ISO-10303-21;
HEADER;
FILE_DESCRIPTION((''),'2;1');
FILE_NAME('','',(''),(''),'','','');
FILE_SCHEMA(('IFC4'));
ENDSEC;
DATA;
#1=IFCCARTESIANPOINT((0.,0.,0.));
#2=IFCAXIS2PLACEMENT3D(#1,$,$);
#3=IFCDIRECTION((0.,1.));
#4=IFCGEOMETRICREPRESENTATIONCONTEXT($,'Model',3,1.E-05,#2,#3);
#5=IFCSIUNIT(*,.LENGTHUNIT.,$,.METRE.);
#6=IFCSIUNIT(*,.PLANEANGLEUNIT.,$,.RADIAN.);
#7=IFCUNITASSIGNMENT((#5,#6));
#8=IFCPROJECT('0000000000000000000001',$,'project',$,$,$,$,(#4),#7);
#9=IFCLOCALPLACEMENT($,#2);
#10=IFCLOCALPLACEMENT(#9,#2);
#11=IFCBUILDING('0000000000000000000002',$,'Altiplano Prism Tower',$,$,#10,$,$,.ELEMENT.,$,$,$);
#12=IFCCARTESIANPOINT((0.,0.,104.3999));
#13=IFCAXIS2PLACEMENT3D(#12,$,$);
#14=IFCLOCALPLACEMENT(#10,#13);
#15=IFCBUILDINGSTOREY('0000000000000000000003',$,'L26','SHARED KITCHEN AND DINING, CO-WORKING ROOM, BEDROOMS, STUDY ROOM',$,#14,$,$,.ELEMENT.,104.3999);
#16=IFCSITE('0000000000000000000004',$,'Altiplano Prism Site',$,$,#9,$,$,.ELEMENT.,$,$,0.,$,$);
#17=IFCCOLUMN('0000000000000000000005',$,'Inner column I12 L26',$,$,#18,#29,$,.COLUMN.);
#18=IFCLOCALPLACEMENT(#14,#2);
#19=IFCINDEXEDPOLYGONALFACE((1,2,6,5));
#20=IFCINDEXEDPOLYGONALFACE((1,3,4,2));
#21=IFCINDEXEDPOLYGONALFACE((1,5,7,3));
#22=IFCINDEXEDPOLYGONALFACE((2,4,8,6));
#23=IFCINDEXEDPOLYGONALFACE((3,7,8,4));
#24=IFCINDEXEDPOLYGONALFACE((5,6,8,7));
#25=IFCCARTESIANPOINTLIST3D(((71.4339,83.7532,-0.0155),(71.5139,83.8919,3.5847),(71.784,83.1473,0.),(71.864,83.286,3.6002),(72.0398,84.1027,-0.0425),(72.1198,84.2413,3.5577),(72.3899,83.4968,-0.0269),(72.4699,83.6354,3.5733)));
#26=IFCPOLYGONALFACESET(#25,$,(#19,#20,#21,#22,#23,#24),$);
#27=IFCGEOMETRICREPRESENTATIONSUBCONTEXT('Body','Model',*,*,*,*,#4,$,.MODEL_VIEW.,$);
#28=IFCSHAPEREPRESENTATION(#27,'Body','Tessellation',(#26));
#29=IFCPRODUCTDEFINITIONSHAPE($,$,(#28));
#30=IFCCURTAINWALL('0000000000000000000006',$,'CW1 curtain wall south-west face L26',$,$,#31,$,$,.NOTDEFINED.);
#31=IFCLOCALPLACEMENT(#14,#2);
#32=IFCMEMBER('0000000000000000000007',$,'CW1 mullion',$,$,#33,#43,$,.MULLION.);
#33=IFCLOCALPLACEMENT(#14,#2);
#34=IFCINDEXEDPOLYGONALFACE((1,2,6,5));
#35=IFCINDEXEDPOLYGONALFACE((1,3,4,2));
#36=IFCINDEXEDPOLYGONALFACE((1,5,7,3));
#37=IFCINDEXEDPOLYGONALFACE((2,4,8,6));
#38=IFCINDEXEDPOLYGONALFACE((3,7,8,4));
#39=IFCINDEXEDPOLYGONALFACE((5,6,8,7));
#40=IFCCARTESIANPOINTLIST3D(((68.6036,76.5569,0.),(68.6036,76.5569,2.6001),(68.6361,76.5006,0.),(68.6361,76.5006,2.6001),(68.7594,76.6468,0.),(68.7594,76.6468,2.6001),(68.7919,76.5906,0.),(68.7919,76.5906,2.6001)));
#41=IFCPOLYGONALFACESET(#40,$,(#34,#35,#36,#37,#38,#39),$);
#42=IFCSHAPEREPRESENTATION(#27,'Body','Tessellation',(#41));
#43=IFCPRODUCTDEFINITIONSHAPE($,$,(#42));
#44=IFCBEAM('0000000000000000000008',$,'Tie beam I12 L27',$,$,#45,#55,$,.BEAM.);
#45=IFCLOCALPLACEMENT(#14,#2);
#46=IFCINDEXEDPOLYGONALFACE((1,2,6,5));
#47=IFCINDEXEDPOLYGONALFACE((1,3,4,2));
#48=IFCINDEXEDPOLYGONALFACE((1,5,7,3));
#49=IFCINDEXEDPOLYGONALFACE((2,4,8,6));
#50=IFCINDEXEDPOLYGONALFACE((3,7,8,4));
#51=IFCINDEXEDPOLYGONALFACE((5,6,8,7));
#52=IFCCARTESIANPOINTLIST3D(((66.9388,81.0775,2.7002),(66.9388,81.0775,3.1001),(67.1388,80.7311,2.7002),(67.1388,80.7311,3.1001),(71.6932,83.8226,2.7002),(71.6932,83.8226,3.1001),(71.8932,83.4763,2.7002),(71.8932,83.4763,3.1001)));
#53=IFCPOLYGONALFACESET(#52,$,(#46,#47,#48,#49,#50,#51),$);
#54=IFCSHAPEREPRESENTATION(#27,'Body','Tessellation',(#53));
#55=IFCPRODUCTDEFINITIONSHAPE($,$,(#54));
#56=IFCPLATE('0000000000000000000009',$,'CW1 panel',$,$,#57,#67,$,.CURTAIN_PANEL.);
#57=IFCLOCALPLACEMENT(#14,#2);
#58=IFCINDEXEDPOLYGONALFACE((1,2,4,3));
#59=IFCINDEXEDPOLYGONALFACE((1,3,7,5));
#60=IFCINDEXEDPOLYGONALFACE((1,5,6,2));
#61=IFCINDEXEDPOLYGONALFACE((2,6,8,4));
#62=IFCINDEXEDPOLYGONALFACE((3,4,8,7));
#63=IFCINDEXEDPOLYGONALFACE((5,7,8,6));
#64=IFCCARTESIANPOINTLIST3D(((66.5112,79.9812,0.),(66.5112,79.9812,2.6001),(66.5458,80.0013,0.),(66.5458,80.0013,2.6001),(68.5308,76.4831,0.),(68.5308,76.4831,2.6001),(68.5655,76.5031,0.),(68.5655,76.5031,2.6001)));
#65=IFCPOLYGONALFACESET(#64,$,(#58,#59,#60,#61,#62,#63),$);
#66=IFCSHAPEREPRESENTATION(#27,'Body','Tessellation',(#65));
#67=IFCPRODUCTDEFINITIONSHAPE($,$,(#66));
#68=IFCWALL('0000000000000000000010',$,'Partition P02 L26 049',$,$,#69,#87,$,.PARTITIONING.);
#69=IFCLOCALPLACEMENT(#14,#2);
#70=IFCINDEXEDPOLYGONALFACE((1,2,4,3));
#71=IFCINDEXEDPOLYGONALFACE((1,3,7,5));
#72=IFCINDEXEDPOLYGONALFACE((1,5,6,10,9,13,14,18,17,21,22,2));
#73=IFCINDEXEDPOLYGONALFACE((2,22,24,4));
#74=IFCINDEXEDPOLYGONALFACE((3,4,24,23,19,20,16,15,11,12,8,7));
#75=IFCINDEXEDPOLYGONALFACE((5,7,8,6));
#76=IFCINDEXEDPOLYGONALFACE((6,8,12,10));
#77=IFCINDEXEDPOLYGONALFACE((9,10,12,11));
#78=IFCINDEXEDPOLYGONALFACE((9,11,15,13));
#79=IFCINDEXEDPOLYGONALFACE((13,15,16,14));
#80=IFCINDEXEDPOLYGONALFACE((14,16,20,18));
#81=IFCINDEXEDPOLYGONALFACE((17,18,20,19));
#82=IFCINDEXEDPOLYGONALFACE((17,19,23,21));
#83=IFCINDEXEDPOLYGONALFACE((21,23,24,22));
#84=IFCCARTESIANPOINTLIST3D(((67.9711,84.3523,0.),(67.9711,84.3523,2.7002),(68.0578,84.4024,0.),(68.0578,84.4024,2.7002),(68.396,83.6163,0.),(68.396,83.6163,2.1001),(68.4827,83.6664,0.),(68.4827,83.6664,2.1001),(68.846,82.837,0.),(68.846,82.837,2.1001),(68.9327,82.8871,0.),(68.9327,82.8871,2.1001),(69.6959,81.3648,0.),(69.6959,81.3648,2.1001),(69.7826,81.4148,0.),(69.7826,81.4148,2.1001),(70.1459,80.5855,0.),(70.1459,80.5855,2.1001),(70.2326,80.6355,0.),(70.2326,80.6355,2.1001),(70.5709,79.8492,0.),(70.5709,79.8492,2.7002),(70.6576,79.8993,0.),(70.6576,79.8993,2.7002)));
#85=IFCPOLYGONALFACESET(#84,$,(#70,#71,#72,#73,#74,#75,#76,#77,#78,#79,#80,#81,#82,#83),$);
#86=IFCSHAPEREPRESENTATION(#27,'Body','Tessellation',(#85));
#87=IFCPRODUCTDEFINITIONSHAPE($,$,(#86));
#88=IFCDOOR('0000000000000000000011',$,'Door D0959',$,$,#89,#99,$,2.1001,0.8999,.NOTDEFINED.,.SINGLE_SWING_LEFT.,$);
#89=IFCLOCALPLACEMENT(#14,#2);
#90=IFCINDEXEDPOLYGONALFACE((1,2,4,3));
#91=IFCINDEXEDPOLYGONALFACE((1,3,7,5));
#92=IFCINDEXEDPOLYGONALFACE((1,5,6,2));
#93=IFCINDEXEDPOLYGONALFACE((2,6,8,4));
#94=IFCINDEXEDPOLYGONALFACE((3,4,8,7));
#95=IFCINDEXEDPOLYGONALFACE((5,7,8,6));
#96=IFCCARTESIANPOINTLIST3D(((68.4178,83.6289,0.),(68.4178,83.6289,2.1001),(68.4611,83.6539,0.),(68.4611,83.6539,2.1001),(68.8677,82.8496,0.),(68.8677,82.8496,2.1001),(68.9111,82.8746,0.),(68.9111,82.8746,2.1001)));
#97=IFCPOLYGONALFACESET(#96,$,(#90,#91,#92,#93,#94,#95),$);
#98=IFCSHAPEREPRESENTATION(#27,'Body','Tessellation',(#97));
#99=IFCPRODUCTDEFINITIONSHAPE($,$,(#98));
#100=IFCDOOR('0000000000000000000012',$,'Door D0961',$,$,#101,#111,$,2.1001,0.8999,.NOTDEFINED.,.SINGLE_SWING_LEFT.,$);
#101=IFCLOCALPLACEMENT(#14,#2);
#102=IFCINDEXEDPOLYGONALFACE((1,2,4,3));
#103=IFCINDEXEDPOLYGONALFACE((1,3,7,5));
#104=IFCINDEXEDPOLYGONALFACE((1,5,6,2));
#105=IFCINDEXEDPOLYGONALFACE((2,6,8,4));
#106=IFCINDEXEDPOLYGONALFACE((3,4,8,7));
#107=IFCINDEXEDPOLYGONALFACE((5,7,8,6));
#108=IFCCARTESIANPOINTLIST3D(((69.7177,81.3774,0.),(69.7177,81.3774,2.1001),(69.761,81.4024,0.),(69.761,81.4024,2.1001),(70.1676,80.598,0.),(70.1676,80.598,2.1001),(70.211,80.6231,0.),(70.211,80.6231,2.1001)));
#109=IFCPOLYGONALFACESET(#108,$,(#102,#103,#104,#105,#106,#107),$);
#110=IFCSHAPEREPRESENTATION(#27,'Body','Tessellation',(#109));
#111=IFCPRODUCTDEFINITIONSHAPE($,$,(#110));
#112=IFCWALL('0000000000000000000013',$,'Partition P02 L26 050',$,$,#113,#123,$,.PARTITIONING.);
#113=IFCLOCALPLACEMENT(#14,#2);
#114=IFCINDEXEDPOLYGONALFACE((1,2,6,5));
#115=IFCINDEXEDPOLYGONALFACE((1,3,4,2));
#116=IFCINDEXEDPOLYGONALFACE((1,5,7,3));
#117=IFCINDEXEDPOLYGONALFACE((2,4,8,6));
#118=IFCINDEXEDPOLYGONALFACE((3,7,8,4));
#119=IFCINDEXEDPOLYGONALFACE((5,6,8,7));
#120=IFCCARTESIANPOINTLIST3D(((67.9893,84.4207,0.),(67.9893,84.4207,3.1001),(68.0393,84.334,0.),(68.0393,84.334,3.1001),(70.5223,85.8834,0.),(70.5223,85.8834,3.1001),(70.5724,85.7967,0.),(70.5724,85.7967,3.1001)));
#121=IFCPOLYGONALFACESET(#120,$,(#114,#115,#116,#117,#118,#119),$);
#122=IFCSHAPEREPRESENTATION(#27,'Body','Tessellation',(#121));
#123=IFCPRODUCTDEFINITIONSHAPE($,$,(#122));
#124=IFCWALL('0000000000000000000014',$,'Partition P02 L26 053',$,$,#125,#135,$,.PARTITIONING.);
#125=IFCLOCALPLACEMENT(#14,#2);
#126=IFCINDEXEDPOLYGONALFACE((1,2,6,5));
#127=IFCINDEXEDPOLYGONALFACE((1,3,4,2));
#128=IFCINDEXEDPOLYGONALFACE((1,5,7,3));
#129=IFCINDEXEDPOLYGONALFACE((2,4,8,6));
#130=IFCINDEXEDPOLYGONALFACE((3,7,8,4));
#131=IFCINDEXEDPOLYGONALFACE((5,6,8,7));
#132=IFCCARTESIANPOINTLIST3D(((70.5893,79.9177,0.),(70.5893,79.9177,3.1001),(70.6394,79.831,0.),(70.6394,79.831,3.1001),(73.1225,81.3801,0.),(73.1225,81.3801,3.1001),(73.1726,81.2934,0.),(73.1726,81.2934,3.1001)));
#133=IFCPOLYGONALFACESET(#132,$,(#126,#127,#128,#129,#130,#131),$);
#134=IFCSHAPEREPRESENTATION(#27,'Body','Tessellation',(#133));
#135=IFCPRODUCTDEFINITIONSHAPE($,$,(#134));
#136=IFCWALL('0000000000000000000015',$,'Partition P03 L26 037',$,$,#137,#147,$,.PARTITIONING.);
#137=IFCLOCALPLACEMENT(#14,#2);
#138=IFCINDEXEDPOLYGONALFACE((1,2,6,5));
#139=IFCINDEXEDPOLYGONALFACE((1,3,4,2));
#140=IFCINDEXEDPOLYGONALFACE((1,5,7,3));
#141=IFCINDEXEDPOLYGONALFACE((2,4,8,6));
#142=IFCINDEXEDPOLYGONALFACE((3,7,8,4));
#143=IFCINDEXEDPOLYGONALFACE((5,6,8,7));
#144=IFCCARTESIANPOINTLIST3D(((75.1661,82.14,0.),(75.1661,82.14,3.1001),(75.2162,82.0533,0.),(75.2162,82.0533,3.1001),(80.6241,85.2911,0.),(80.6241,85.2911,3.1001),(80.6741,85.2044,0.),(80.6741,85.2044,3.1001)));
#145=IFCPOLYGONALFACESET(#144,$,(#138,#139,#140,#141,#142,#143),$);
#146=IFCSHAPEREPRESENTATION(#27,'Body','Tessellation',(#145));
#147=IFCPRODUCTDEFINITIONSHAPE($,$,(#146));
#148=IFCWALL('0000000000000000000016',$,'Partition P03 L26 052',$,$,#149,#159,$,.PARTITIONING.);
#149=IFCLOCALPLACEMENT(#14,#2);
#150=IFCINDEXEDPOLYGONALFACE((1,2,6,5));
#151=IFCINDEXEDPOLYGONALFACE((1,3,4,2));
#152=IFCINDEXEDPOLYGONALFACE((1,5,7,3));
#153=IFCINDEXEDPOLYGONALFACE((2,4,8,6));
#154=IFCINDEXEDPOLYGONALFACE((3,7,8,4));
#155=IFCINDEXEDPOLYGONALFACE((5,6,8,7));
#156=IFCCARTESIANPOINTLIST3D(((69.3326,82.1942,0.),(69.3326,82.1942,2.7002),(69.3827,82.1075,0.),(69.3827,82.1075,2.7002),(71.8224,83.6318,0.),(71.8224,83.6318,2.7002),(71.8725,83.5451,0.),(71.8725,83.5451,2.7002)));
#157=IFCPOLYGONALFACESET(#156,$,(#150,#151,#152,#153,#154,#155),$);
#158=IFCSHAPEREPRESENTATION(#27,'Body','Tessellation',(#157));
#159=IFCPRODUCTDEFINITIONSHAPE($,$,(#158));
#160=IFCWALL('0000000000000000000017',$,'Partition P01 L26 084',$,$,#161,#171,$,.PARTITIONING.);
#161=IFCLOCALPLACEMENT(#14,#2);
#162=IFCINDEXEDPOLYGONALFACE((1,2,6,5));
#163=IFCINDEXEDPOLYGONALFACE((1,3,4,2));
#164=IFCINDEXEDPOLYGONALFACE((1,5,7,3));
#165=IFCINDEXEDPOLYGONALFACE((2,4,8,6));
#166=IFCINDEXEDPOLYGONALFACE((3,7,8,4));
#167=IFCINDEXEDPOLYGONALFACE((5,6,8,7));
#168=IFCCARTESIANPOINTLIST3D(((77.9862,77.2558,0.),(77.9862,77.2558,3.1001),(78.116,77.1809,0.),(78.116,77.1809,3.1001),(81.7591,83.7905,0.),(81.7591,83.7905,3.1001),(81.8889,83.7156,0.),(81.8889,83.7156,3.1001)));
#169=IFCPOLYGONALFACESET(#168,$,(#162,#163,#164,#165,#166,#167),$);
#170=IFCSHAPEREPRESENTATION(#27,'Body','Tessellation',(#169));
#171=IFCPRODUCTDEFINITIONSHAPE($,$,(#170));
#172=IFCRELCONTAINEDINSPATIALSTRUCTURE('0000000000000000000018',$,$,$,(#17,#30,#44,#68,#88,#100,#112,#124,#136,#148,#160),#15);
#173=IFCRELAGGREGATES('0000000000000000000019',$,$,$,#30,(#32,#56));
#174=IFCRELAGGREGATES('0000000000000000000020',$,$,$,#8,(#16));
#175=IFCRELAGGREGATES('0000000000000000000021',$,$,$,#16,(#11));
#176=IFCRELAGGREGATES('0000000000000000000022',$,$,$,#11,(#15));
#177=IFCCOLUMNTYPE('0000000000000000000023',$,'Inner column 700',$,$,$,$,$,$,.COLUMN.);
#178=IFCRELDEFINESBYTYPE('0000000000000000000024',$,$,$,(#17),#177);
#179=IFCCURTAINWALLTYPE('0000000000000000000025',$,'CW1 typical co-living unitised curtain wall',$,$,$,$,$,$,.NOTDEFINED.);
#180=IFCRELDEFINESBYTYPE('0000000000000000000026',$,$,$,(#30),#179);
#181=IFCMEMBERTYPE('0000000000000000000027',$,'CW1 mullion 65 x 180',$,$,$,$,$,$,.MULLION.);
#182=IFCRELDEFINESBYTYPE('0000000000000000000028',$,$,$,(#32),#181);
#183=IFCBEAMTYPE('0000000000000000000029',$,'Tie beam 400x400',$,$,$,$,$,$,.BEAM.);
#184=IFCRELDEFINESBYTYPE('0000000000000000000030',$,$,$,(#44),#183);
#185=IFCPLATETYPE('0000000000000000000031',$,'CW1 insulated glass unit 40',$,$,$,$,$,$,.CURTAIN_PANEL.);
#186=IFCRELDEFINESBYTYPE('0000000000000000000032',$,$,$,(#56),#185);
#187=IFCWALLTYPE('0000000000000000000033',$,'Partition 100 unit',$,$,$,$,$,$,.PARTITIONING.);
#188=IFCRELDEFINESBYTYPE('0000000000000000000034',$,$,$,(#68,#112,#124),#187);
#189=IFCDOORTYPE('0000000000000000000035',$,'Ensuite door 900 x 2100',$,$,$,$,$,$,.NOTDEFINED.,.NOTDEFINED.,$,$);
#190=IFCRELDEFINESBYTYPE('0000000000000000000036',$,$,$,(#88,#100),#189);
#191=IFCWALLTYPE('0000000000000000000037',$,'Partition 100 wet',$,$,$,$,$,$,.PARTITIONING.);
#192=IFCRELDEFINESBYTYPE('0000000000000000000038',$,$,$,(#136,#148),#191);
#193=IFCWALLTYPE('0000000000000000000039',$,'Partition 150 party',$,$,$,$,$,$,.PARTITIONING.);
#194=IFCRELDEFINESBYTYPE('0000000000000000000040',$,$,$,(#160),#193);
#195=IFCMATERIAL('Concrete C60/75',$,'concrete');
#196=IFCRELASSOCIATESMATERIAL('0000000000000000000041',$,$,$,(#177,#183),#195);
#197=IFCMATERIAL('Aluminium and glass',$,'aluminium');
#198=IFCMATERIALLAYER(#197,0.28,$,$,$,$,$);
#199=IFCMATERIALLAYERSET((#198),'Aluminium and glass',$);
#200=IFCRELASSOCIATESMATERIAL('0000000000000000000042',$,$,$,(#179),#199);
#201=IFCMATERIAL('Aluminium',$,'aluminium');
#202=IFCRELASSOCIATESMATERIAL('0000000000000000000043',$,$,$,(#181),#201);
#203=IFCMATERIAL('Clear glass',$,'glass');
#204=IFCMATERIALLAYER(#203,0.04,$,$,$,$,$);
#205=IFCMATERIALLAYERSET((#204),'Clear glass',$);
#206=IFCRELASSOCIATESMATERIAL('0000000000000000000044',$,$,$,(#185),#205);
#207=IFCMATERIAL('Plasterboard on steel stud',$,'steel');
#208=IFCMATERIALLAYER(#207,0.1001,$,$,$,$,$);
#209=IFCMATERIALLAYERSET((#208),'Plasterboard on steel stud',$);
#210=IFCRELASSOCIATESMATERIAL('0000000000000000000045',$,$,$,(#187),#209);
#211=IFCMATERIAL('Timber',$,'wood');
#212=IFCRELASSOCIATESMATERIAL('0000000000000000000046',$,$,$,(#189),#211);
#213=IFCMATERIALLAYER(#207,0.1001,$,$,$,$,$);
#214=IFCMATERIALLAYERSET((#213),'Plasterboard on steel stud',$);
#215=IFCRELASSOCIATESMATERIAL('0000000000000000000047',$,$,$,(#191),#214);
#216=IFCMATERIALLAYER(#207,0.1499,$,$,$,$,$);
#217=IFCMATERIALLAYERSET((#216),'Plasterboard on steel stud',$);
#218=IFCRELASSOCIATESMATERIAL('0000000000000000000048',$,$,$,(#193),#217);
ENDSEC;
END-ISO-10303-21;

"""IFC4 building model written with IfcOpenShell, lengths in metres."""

from ifc_helpers import new_model, si_unit, direction, frame, frame_2d, origin, origin_2d, place, context, subcontext, project, spatial, rectangle, extrude, material, layer, layer_set, material_profile, profile_set, type_object, element, fill, aggregate, save


model = new_model("IFC4")

# Units and contexts
model_context = context("Model", 3, precision=1e-05, world=origin(), true_north=direction((0.0, 1.0)))
body_context = subcontext(model_context, "Body", "Model", "MODEL_VIEW")
ifc_project = project(units=[si_unit("LENGTHUNIT", "METRE"), si_unit("PLANEANGLEUNIT", "RADIAN")], contexts=[model_context])

# Site, building, storey
site_placement = place(None, origin())
site = spatial("IfcSite", under=ifc_project, at=site_placement, Name="Altiplano Prism Site", CompositionType="ELEMENT", RefElevation=0.0)
building_placement = place(site_placement, origin())
building = spatial("IfcBuilding", under=site, at=building_placement, Name="Altiplano Prism Tower", CompositionType="ELEMENT")
storey_placement = place(building_placement, frame((0.0, 0.0, 104.3999)))
storey = spatial("IfcBuildingStorey", under=building, at=storey_placement, Name="L26", Description="SHARED KITCHEN AND DINING, CO-WORKING ROOM, BEDROOMS, STUDY ROOM", CompositionType="ELEMENT", Elevation=104.3999)

# Column
ifc_material_1 = material(Name="Concrete C60/75", Category="concrete")
ifc_material_profile_1 = material_profile(ifc_material_1, rectangle(XDim=0.7, YDim=0.7, at=origin_2d()), Name="Inner column 700")
ifc_profile_set_1 = profile_set([ifc_material_profile_1], Name="Concrete C60/75")
column_type = type_object("IfcColumnType", Name="Inner column 700", PredefinedType="COLUMN", material=ifc_profile_set_1)
column_placement = place(storey_placement, frame((71.9119, 83.625, -0.0212), z_axis=(0.022221, 0.038481, 0.999012), x_axis=(-0.865637, -0.499191, 0.038483)))
element("IfcColumn", 1, at=column_placement, inside=storey, type_object=column_type, Name="Inner column I12 L26", PredefinedType="COLUMN", context=body_context, shape_type="SweptSolid", body=[
    extrude(rectangle(XDim=0.7, YDim=0.7, at=origin_2d()), origin(), (0.0, 0.0, 1.0), 3.6038),
])

# Curtain wall, member
ifc_material_2 = material(Name="Aluminium and glass", Category="aluminium")
ifc_layer_1 = layer(ifc_material_2, 0.28)
ifc_layer_set_1 = layer_set([ifc_layer_1], Name="Aluminium and glass")
curtain_wall_type = type_object("IfcCurtainWallType", Name="CW1 typical co-living unitised curtain wall", PredefinedType="NOTDEFINED", material=ifc_layer_set_1)
curtain_wall_placement = place(storey_placement, origin())
curtain_wall = element("IfcCurtainWall", 2, at=curtain_wall_placement, inside=storey, type_object=curtain_wall_type, Name="CW1 curtain wall south-west face L26", PredefinedType="NOTDEFINED")
ifc_material_3 = material(Name="Aluminium", Category="aluminium")
ifc_material_profile_2 = material_profile(ifc_material_3, rectangle(XDim=0.1799, YDim=0.0649, at=origin_2d()), Name="CW1 mullion 65 x 180")
ifc_profile_set_2 = profile_set([ifc_material_profile_2], Name="Aluminium")
member_type = type_object("IfcMemberType", Name="CW1 mullion 65 x 180", PredefinedType="MULLION", material=ifc_profile_set_2)
member_placement = place(storey_placement, frame((68.6978, 76.5737, 0.0), z_axis=(0.0, 0.0, 1.0), x_axis=(0.866025, 0.5, 0.0)))
member = element("IfcMember", 3, at=member_placement, type_object=member_type, Name="CW1 mullion", PredefinedType="MULLION", context=body_context, shape_type="SweptSolid", body=[
    extrude(rectangle(XDim=0.1799, YDim=0.0649, at=origin_2d()), origin(), (0.0, 0.0, 1.0), 2.6001),
])

# Beam
ifc_material_profile_3 = material_profile(ifc_material_1, rectangle(XDim=0.3999, YDim=0.3999, at=origin_2d()), Name="Tie beam 400x400")
ifc_profile_set_3 = profile_set([ifc_material_profile_3], Name="Concrete C60/75")
beam_type = type_object("IfcBeamType", Name="Tie beam 400x400", PredefinedType="BEAM", material=ifc_profile_set_3)
beam_placement = place(storey_placement, frame((71.7932, 83.6494, 2.9001), z_axis=(-0.866012, -0.500023, 0.0), x_axis=(0.500023, -0.866012, 0.0)))
element("IfcBeam", 4, at=beam_placement, inside=storey, type_object=beam_type, Name="Tie beam I12 L27", PredefinedType="BEAM", context=body_context, shape_type="SweptSolid", body=[
    extrude(rectangle(XDim=0.3999, YDim=0.3999, at=origin_2d()), origin(), (0.0, 0.0, 1.0), 5.49),
])

# Plate
ifc_material_4 = material(Name="Clear glass", Category="glass")
ifc_layer_2 = layer(ifc_material_4, 0.04)
ifc_layer_set_2 = layer_set([ifc_layer_2], Name="Clear glass")
plate_type = type_object("IfcPlateType", Name="CW1 insulated glass unit 40", PredefinedType="CURTAIN_PANEL", material=ifc_layer_set_2)
plate_placement = place(storey_placement, frame((67.5383, 78.2422, 0.0), z_axis=(0.0, 0.0, 1.0), x_axis=(0.5, -0.866025, 0.0)))
plate = element("IfcPlate", 5, at=plate_placement, type_object=plate_type, Name="CW1 panel", PredefinedType="CURTAIN_PANEL", context=body_context, shape_type="SweptSolid", body=[
    extrude(rectangle(XDim=4.0393, YDim=0.04, at=origin_2d()), origin(), (0.0, 0.0, 1.0), 2.6001),
])
aggregate(curtain_wall, [member, plate])

# Wall, openings, doors
ifc_material_5 = material(Name="Plasterboard on steel stud", Category="steel")
ifc_layer_3 = layer(ifc_material_5, 0.1001)
ifc_layer_set_3 = layer_set([ifc_layer_3], Name="Plasterboard on steel stud")
wall_type_1 = type_object("IfcWallType", Name="Partition 100 unit", PredefinedType="PARTITIONING", material=ifc_layer_set_3)
wall_1_placement = place(storey_placement, frame((70.6143, 79.8743, 0.0), z_axis=(0.0, 0.0, 1.0), x_axis=(-0.499992, 0.86603, 0.0)))
wall_1 = element("IfcWall", 6, at=wall_1_placement, inside=storey, type_object=wall_type_1, Name="Partition P02 L26 049", PredefinedType="PARTITIONING", context=body_context, shape_type="SweptSolid", body=[
    extrude(rectangle(XDim=5.1997, YDim=0.1001, at=frame_2d((2.5999, 0.0))), origin(), (0.0, 0.0, 1.0), 2.7002),
])
opening_1_placement = place(wall_1_placement, frame((3.45, 0.0, 0.0)))
opening_1 = element("IfcOpeningElement", 7, at=opening_1_placement, cuts=wall_1, PredefinedType="OPENING", context=body_context, shape_type="SweptSolid", body=[
    extrude(rectangle(XDim=0.8999, YDim=2.1001, at=frame_2d((0.45, 1.05))), frame((0.0, 0.0605, 0.0), z_axis=(0.0, -1.0, 0.0), x_axis=(1.0, 0.0, 0.0)), (0.0, 0.0, 1.0), 0.1211),
])
opening_2_placement = place(wall_1_placement, frame((0.8501, 0.0, 0.0)))
opening_2 = element("IfcOpeningElement", 8, at=opening_2_placement, cuts=wall_1, PredefinedType="OPENING", context=body_context, shape_type="SweptSolid", body=[
    extrude(rectangle(XDim=0.8999, YDim=2.1001, at=frame_2d((0.45, 1.05))), frame((0.0, 0.0605, 0.0), z_axis=(0.0, -1.0, 0.0), x_axis=(1.0, 0.0, 0.0)), (0.0, 0.0, 1.0), 0.1211),
])
ifc_material_6 = material(Name="Timber", Category="wood")
door_type = type_object("IfcDoorType", Name="Ensuite door 900 x 2100", OperationType="NOTDEFINED", PredefinedType="NOTDEFINED", material=ifc_material_6)
door_1_placement = place(opening_1_placement, origin())
door_1 = element("IfcDoor", 9, at=door_1_placement, inside=storey, type_object=door_type, Name="Door D0959", OperationType="SINGLE_SWING_LEFT", OverallHeight=2.1001, OverallWidth=0.8999, PredefinedType="NOTDEFINED", context=body_context, shape_type="SweptSolid", body=[
    extrude(rectangle(XDim=0.8999, YDim=2.1001, at=frame_2d((0.45, 1.05))), frame((0.0, 0.0249, 0.0), z_axis=(0.0, -1.0, 0.0), x_axis=(1.0, 0.0, 0.0)), (0.0, 0.0, 1.0), 0.05),
])
fill(opening_1, door_1)
door_2_placement = place(opening_2_placement, origin())
door_2 = element("IfcDoor", 10, at=door_2_placement, inside=storey, type_object=door_type, Name="Door D0961", OperationType="SINGLE_SWING_LEFT", OverallHeight=2.1001, OverallWidth=0.8999, PredefinedType="NOTDEFINED", context=body_context, shape_type="SweptSolid", body=[
    extrude(rectangle(XDim=0.8999, YDim=2.1001, at=frame_2d((0.45, 1.05))), frame((0.0, 0.0249, 0.0), z_axis=(0.0, -1.0, 0.0), x_axis=(1.0, 0.0, 0.0)), (0.0, 0.0, 1.0), 0.05),
])
fill(opening_2, door_2)

# Walls
for number, where, z_axis, x_axis, name in (
    (11, (68.0144, 84.3774, 0.0), (0.0, 0.0, 1.0), (0.86599, 0.500062, 0.0), "Partition P02 L26 050"),
    (12, (73.1475, 81.3367, 0.0), (0.0, 0.0, 1.0), (-0.866047, -0.499963, 0.0), "Partition P02 L26 053"),
):
    element("IfcWall", number, at=place(storey_placement, frame(where, z_axis=z_axis, x_axis=x_axis)), inside=storey, type_object=wall_type_1, Name=name, PredefinedType="PARTITIONING", context=body_context, shape_type="SweptSolid", body=[
        extrude(rectangle(XDim=2.925, YDim=0.1001, at=frame_2d((1.4624, 0.0))), origin(), (0.0, 0.0, 1.0), 3.1001),
    ])
ifc_layer_4 = layer(ifc_material_5, 0.1001)
ifc_layer_set_4 = layer_set([ifc_layer_4], Name="Plasterboard on steel stud")
wall_type_2 = type_object("IfcWallType", Name="Partition 100 wet", PredefinedType="PARTITIONING", material=ifc_layer_set_4)
wall_2_placement = place(storey_placement, frame((75.1912, 82.0967, 0.0), z_axis=(0.0, 0.0, 1.0), x_axis=(0.866029, 0.499993, 0.0)))
element("IfcWall", 13, at=wall_2_placement, inside=storey, type_object=wall_type_2, Name="Partition P03 L26 037", PredefinedType="PARTITIONING", context=body_context, shape_type="SweptSolid", body=[
    extrude(rectangle(XDim=6.3022, YDim=0.1001, at=frame_2d((3.1511, 0.0))), origin(), (0.0, 0.0, 1.0), 3.1001),
])
wall_3_placement = place(storey_placement, frame((69.3577, 82.1509, 0.0), z_axis=(0.0, 0.0, 1.0), x_axis=(0.866019, 0.500012, 0.0)))
element("IfcWall", 14, at=wall_3_placement, inside=storey, type_object=wall_type_2, Name="Partition P03 L26 052", PredefinedType="PARTITIONING", context=body_context, shape_type="SweptSolid", body=[
    extrude(rectangle(XDim=2.875, YDim=0.1001, at=frame_2d((1.4375, 0.0))), origin(), (0.0, 0.0, 1.0), 2.7002),
])
ifc_layer_5 = layer(ifc_material_5, 0.1499)
ifc_layer_set_5 = layer_set([ifc_layer_5], Name="Plasterboard on steel stud")
wall_type_3 = type_object("IfcWallType", Name="Partition 150 party", PredefinedType="PARTITIONING", material=ifc_layer_set_5)
wall_4_placement = place(storey_placement, frame((78.051, 77.2183, 0.0), z_axis=(0.0, 0.0, 1.0), x_axis=(0.500016, 0.866016, 0.0)))
element("IfcWall", 15, at=wall_4_placement, inside=storey, type_object=wall_type_3, Name="Partition P01 L26 084", PredefinedType="PARTITIONING", context=body_context, shape_type="SweptSolid", body=[
    extrude(rectangle(XDim=7.5457, YDim=0.1499, at=frame_2d((3.7729, 0.0))), origin(), (0.0, 0.0, 1.0), 3.1001),
])

save(model, "model.ifc")
